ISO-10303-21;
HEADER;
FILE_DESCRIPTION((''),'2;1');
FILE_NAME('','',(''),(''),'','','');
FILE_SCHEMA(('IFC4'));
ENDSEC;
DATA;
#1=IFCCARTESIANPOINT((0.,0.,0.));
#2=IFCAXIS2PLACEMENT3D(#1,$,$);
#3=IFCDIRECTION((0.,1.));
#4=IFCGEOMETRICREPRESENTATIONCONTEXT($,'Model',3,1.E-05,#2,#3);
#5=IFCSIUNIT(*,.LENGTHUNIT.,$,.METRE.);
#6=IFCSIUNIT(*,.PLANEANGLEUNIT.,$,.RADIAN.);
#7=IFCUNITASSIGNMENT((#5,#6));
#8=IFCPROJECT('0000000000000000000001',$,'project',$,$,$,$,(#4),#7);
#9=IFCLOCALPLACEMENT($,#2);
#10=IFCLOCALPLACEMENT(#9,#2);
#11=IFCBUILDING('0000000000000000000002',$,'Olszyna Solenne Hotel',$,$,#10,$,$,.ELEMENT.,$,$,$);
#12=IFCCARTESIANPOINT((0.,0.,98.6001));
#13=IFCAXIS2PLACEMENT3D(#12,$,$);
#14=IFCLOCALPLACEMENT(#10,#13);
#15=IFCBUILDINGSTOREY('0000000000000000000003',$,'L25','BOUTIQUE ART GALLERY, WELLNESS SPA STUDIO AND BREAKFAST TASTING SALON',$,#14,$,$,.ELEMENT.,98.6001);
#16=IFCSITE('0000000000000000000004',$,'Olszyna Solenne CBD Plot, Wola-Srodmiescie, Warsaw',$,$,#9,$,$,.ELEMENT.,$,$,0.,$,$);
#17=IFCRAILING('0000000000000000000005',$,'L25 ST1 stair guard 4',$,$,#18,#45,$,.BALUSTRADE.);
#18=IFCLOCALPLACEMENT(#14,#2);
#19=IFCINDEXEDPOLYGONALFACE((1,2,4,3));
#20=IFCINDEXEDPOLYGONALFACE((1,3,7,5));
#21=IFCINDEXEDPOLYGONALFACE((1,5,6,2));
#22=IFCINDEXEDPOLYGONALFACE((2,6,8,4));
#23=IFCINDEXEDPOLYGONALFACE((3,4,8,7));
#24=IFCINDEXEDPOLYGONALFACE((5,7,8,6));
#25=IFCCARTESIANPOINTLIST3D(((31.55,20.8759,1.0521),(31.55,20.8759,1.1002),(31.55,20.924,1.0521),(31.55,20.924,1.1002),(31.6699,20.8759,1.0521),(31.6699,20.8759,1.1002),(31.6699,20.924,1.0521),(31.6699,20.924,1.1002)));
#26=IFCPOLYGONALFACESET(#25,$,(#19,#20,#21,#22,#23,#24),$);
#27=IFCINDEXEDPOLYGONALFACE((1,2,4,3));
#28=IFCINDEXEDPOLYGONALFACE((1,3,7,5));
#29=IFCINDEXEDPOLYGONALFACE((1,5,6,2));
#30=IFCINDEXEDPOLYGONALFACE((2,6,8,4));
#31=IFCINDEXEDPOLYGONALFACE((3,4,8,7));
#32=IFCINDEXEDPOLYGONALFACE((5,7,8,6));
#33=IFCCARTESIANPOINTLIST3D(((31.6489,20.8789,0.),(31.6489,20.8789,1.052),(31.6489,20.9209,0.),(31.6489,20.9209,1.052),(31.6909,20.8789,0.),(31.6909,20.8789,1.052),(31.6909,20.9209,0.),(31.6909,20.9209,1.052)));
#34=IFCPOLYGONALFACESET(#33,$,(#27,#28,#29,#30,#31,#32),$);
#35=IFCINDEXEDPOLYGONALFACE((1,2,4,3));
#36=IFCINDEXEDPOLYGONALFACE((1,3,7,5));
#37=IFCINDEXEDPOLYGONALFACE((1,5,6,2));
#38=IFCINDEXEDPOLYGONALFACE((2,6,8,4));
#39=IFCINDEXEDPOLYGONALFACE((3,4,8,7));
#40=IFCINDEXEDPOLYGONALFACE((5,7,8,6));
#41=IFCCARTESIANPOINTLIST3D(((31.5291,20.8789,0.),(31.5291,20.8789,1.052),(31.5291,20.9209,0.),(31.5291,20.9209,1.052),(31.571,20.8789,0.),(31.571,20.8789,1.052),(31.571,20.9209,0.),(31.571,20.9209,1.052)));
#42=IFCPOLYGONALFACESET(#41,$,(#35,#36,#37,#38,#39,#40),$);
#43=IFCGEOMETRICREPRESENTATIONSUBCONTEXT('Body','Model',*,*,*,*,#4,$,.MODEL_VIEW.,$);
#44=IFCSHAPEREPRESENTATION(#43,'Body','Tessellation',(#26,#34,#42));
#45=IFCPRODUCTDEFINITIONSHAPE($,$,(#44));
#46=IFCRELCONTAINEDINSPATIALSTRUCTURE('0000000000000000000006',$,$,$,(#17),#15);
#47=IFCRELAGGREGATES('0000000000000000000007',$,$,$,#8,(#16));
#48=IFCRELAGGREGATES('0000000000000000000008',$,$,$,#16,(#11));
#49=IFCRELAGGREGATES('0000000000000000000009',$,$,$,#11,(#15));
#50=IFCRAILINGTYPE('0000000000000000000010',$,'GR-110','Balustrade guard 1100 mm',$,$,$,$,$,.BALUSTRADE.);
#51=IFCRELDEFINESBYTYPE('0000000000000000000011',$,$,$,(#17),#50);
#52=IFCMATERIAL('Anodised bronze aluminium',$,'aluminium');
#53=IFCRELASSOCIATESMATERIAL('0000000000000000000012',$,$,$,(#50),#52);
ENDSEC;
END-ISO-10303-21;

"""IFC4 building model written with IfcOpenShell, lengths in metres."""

from ifc_helpers import new_model, si_unit, direction, frame, origin, origin_2d, place, context, subcontext, project, spatial, rectangle, extrude, material, type_object, element, save


model = new_model("IFC4")

# Units and contexts
model_context = context("Model", 3, precision=1e-05, world=origin(), true_north=direction((0.0, 1.0)))
body_context = subcontext(model_context, "Body", "Model", "MODEL_VIEW")
ifc_project = project(units=[si_unit("LENGTHUNIT", "METRE"), si_unit("PLANEANGLEUNIT", "RADIAN")], contexts=[model_context])

# Site, building, storey
site_placement = place(None, origin())
site = spatial("IfcSite", under=ifc_project, at=site_placement, Name="Olszyna Solenne CBD Plot, Wola-Srodmiescie, Warsaw", CompositionType="ELEMENT", RefElevation=0.0)
building_placement = place(site_placement, origin())
building = spatial("IfcBuilding", under=site, at=building_placement, Name="Olszyna Solenne Hotel", CompositionType="ELEMENT")
storey_placement = place(building_placement, frame((0.0, 0.0, 98.6001)))
storey = spatial("IfcBuildingStorey", under=building, at=storey_placement, Name="L25", Description="BOUTIQUE ART GALLERY, WELLNESS SPA STUDIO AND BREAKFAST TASTING SALON", CompositionType="ELEMENT", Elevation=98.6001)

# Shared definitions
ifc_material_1 = material(Name="Anodised bronze aluminium", Category="aluminium")

# Railing
railing_type = type_object("IfcRailingType", Name="GR-110", Description="Balustrade guard 1100 mm", PredefinedType="BALUSTRADE", material=ifc_material_1)
railing_1_placement = place(storey_placement, frame((31.6699, 20.8999, 0.0)))
element("IfcRailing", 1, at=railing_1_placement, inside=storey, type_object=railing_type, Name="L25 ST1 stair guard 4", PredefinedType="BALUSTRADE", context=body_context, shape_type="SweptSolid", body=[
    extrude(rectangle(XDim=0.0481, YDim=0.0481, at=origin_2d()), frame((0.0, 0.0, 1.0762), z_axis=(-1.0, 0.0, 0.0), x_axis=(0.0, -1.0, 0.0)), (0.0, 0.0, 1.0), 0.1199),
    extrude(rectangle(XDim=0.042, YDim=0.042, at=origin_2d()), origin(), (0.0, 0.0, 1.0), 1.052),
    extrude(rectangle(XDim=0.042, YDim=0.042, at=origin_2d()), frame((-0.1199, 0.0, 0.0)), (0.0, 0.0, 1.0), 1.052),
])

save(model, "model.ifc")
